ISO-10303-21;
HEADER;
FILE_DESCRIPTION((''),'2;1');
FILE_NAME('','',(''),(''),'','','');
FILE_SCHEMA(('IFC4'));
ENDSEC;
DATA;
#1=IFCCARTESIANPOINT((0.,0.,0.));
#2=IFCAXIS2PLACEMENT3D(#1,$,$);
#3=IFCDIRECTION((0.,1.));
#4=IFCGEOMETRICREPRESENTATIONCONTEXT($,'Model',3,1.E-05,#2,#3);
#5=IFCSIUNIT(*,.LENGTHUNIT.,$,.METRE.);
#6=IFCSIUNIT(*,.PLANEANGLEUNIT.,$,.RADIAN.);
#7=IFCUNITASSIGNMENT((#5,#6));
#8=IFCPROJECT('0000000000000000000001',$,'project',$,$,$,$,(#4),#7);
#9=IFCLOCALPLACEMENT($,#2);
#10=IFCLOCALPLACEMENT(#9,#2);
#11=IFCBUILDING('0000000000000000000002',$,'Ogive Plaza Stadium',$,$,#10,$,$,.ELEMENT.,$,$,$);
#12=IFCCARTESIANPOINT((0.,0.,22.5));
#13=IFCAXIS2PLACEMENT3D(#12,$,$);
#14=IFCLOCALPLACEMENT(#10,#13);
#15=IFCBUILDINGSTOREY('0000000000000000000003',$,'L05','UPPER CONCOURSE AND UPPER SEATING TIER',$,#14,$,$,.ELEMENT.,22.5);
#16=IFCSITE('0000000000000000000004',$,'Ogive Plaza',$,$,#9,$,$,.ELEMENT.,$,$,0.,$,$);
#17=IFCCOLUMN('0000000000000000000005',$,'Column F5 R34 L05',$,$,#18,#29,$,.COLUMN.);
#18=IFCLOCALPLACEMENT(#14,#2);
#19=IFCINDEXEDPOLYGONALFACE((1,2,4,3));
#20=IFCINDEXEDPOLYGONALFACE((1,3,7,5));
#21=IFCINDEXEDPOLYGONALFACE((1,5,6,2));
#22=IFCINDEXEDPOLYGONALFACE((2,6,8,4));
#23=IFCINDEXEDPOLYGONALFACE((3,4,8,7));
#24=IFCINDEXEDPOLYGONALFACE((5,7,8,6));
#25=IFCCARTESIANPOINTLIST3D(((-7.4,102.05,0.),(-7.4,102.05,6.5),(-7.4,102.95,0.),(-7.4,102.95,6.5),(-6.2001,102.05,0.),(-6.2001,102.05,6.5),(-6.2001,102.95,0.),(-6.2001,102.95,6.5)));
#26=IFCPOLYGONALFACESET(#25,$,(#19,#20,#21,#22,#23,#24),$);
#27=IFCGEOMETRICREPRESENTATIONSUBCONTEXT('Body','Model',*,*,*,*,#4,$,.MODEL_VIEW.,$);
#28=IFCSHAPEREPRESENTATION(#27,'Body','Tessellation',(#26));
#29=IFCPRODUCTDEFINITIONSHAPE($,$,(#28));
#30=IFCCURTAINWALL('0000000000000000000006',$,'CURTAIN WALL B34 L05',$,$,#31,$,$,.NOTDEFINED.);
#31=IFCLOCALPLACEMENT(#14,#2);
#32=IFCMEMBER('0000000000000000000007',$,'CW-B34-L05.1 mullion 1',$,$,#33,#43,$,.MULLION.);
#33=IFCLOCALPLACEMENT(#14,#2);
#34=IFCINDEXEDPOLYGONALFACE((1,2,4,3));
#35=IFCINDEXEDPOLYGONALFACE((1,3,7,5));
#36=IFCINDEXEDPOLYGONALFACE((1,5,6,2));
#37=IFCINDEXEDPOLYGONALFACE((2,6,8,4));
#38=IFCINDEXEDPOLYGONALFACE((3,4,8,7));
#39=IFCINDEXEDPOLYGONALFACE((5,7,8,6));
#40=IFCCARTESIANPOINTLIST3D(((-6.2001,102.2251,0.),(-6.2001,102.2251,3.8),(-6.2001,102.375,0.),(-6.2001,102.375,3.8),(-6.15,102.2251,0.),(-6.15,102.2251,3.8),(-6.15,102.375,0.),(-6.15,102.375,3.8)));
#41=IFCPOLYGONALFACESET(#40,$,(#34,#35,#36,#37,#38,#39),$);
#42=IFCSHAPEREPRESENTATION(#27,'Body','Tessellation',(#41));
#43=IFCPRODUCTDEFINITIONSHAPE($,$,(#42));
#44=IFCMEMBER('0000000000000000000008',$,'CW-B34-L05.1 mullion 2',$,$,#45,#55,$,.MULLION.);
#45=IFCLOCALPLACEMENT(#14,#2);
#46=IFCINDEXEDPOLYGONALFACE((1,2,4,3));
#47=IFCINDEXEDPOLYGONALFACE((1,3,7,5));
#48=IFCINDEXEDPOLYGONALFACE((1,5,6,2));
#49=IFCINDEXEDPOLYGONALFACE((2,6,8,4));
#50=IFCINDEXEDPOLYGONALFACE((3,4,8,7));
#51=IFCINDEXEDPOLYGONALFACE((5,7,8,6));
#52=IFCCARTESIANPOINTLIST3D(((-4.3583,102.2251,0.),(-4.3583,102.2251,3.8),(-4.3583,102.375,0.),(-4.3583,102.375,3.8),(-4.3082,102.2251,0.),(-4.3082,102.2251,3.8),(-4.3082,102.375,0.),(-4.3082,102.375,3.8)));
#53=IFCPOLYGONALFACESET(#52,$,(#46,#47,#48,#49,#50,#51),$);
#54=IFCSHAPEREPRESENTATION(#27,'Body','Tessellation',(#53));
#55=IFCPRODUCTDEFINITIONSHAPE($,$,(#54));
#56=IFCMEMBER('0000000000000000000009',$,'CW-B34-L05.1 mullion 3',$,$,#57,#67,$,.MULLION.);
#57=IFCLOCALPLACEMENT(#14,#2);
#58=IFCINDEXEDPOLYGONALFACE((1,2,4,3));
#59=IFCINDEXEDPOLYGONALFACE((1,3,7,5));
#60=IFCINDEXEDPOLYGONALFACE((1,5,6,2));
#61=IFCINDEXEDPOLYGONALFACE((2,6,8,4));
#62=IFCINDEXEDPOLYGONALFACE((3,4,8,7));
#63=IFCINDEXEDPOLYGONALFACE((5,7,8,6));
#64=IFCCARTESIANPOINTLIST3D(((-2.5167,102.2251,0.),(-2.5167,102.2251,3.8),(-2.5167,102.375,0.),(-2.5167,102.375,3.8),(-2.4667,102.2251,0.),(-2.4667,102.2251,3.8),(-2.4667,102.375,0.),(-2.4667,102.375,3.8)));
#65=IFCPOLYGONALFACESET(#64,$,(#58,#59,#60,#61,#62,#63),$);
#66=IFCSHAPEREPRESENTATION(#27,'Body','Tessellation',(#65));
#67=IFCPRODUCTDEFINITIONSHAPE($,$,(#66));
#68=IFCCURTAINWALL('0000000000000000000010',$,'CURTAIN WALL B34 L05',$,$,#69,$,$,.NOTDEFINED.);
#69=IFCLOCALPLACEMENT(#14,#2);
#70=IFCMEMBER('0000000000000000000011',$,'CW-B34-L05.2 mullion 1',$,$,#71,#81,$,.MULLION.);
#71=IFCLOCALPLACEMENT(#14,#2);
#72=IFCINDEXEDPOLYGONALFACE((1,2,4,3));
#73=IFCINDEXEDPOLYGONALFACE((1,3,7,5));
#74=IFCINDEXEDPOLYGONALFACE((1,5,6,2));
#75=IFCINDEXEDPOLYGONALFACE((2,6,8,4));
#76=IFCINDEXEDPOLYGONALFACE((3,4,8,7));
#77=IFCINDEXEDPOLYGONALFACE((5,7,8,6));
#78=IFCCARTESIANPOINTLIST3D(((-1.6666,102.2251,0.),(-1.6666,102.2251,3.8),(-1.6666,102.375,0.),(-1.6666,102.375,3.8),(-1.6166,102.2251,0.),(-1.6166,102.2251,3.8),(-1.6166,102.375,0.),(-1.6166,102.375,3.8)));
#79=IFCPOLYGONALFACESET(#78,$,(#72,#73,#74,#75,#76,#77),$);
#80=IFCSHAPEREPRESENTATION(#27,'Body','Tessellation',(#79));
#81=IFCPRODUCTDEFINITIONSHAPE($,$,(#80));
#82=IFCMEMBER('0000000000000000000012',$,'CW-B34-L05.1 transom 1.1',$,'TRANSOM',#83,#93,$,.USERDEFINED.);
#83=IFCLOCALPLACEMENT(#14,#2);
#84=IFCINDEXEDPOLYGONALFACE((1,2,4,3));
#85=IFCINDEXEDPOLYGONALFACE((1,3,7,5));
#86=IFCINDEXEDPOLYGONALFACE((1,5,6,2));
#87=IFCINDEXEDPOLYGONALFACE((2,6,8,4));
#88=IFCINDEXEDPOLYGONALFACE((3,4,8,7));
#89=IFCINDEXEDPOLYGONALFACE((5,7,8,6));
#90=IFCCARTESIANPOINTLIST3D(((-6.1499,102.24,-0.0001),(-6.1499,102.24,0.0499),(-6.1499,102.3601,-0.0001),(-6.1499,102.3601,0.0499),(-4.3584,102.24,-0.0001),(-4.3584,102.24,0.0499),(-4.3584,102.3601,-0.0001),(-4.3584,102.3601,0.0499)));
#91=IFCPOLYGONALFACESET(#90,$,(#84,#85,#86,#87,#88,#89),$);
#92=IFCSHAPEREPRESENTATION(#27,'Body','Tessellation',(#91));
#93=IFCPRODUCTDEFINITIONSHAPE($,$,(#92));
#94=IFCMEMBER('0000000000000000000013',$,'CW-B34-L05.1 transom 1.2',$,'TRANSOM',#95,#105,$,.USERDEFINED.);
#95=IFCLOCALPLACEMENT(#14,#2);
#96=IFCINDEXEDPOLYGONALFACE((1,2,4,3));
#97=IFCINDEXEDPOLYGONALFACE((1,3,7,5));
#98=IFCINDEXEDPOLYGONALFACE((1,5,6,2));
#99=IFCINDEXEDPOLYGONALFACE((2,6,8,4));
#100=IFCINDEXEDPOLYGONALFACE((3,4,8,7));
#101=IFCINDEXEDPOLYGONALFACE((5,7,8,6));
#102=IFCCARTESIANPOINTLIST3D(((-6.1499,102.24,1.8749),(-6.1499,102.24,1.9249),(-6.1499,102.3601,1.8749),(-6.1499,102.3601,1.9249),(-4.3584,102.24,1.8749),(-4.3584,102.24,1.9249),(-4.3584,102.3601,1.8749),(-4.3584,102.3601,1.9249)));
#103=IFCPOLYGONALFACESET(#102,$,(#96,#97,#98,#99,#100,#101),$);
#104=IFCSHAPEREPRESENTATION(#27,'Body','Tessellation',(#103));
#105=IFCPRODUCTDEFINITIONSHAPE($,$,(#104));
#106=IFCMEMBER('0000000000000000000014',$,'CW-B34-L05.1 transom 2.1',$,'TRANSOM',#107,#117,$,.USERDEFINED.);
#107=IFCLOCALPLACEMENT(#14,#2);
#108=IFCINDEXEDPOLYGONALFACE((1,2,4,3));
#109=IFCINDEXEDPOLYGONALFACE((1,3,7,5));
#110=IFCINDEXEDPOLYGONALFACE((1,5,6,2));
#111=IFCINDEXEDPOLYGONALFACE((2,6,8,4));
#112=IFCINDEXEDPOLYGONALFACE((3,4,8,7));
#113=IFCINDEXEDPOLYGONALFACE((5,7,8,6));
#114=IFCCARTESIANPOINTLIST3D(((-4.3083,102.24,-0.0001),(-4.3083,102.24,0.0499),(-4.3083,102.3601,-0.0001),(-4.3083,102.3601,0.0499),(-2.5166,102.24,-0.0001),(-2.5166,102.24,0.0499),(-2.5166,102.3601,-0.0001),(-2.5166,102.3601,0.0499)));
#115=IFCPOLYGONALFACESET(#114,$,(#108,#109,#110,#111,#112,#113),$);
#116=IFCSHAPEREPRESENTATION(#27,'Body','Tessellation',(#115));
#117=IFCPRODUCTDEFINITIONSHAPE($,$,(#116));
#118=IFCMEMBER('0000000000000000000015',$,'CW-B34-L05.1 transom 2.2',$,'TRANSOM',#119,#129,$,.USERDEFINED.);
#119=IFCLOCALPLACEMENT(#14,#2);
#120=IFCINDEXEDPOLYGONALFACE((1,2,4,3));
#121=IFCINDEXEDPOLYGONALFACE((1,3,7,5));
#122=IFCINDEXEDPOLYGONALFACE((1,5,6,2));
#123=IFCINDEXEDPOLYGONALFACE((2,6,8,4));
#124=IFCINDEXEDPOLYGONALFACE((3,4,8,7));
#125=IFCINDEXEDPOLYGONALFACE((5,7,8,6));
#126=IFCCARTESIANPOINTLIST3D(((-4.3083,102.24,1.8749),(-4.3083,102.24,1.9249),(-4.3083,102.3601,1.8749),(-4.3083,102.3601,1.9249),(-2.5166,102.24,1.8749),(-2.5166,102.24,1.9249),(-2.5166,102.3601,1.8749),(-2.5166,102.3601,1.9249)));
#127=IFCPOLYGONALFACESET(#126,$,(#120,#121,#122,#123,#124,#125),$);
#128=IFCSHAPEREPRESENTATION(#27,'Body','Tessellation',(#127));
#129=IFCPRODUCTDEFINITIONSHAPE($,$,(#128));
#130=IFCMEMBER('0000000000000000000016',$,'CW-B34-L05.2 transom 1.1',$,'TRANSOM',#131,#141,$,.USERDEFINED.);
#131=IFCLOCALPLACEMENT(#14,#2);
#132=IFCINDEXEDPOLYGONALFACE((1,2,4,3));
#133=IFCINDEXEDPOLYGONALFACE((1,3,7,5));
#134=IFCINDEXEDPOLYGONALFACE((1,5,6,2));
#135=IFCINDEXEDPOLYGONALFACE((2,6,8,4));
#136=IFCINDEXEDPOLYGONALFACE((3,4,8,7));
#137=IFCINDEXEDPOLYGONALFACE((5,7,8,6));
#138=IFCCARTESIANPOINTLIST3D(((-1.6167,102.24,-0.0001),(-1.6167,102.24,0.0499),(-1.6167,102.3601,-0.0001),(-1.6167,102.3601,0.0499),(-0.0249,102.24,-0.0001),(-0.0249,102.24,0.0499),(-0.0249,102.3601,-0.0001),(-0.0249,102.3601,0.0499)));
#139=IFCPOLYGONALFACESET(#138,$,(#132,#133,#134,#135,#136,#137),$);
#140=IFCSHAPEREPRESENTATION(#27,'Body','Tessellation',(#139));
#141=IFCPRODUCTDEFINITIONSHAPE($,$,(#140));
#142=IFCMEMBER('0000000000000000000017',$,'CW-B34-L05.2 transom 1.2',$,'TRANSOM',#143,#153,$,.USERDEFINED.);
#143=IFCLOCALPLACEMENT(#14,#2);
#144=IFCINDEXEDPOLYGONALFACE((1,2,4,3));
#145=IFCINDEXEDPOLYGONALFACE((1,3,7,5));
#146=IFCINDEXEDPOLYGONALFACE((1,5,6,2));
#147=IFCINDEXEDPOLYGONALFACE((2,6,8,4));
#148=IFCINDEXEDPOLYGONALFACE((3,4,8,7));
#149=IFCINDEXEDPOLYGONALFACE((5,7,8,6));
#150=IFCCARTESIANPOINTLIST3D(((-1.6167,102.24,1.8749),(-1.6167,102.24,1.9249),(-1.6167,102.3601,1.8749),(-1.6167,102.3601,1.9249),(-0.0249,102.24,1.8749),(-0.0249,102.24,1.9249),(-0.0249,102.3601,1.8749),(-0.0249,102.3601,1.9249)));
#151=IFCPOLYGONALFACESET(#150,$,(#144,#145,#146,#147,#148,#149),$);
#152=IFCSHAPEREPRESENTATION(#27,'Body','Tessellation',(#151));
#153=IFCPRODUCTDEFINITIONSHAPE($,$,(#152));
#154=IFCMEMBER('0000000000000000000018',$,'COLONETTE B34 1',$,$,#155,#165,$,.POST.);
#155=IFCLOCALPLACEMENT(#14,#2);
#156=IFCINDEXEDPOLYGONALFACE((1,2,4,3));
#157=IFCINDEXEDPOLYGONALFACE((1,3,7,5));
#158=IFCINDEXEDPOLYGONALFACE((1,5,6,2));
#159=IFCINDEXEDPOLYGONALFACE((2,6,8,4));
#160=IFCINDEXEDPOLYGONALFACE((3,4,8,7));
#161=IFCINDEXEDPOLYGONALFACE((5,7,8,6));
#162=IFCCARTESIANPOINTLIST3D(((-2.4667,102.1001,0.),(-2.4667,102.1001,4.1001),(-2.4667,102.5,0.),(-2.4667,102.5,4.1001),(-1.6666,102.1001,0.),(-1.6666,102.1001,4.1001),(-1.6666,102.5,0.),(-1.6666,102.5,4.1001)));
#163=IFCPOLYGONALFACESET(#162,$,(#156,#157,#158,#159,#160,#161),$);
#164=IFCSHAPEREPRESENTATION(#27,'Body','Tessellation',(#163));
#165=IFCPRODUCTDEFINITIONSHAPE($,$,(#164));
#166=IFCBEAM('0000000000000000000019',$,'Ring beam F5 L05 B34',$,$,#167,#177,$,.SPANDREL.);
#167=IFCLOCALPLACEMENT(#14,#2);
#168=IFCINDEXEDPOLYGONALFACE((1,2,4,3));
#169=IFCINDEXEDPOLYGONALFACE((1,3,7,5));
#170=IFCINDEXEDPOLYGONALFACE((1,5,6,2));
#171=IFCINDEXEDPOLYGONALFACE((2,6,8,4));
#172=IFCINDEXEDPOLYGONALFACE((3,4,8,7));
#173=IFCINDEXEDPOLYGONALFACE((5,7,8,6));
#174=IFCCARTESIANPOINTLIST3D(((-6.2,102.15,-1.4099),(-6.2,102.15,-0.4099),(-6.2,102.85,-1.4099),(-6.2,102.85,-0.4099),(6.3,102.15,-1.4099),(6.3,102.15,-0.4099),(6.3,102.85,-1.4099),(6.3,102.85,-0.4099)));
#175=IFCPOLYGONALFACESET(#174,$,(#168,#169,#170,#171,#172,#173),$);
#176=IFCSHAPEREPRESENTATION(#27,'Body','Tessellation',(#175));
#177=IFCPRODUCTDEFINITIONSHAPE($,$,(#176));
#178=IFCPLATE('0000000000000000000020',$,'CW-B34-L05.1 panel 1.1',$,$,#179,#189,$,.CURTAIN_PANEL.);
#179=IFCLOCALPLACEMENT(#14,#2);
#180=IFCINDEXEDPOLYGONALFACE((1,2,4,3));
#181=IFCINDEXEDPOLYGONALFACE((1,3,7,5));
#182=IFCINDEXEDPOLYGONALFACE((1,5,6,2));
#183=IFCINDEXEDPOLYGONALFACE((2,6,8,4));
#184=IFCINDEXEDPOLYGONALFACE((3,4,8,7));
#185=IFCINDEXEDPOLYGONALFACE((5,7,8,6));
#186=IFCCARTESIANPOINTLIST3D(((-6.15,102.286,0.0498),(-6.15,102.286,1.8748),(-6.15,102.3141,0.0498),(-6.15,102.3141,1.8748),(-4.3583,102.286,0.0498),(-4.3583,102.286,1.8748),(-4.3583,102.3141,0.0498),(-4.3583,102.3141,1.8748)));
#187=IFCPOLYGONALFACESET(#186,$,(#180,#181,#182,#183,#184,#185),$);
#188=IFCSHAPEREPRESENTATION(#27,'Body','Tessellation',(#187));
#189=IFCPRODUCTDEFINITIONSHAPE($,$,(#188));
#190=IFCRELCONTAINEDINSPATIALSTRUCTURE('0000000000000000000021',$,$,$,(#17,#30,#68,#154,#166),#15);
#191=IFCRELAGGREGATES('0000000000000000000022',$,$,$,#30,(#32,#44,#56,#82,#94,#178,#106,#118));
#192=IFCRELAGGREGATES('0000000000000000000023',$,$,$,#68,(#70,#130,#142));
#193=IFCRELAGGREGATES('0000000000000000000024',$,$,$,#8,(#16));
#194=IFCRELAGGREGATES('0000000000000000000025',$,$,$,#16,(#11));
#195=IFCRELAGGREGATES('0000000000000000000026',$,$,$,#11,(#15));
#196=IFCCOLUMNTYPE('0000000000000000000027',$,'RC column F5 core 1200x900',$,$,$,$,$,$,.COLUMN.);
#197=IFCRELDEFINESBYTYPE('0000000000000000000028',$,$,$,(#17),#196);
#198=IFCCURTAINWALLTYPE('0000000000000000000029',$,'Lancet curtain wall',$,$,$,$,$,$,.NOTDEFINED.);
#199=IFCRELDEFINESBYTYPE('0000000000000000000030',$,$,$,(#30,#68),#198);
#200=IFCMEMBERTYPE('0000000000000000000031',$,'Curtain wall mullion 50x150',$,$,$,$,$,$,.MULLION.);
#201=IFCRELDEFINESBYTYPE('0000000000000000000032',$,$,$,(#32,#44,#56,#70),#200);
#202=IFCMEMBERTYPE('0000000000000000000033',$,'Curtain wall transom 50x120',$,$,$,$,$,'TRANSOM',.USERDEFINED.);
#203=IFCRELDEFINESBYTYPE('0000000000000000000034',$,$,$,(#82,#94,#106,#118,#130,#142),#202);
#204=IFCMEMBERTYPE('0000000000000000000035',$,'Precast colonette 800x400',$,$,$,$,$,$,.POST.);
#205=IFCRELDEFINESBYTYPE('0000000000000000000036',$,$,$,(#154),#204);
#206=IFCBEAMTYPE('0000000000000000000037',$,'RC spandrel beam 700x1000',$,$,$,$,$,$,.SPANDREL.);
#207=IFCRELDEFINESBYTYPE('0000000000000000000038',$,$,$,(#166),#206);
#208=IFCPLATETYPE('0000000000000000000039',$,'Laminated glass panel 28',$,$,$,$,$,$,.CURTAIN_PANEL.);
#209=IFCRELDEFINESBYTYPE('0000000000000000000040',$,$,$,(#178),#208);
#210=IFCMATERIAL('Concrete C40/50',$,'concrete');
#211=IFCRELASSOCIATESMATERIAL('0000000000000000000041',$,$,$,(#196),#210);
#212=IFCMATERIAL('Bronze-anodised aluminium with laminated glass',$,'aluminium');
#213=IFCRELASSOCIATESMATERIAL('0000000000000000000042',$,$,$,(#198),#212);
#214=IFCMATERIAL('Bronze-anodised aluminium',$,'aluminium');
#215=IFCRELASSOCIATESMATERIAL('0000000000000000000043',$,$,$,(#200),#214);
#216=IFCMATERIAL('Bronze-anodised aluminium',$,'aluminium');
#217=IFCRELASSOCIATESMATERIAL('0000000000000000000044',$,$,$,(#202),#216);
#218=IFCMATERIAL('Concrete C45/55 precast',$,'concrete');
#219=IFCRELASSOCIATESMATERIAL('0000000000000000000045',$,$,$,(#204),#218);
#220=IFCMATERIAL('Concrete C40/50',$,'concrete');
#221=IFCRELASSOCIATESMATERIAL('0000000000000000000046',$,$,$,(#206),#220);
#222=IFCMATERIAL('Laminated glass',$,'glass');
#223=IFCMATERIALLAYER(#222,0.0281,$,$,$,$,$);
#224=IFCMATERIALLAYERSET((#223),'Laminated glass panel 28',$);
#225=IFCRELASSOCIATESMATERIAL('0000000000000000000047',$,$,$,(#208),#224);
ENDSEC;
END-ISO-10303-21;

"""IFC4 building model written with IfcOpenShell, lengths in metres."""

from ifc_helpers import new_model, si_unit, direction, frame, origin, origin_2d, place, context, subcontext, project, spatial, rectangle, extrude, material, layer, layer_set, material_profile, profile_set, type_object, element, aggregate, save


model = new_model("IFC4")

# Units and contexts
model_context = context("Model", 3, precision=1e-05, world=origin(), true_north=direction((0.0, 1.0)))
body_context = subcontext(model_context, "Body", "Model", "MODEL_VIEW")
ifc_project = project(units=[si_unit("LENGTHUNIT", "METRE"), si_unit("PLANEANGLEUNIT", "RADIAN")], contexts=[model_context])

# Site, building, storey
site_placement = place(None, origin())
site = spatial("IfcSite", under=ifc_project, at=site_placement, Name="Ogive Plaza", CompositionType="ELEMENT", RefElevation=0.0)
building_placement = place(site_placement, origin())
building = spatial("IfcBuilding", under=site, at=building_placement, Name="Ogive Plaza Stadium", CompositionType="ELEMENT")
storey_placement = place(building_placement, frame((0.0, 0.0, 22.5)))
storey = spatial("IfcBuildingStorey", under=building, at=storey_placement, Name="L05", Description="UPPER CONCOURSE AND UPPER SEATING TIER", CompositionType="ELEMENT", Elevation=22.5)

# Column
ifc_material_1 = material(Name="Concrete C40/50", Category="concrete")
ifc_material_profile_1 = material_profile(ifc_material_1, rectangle(XDim=1.2, YDim=0.8999, at=origin_2d()), Name="RC 1200x900")
ifc_profile_set_1 = profile_set([ifc_material_profile_1], Name="Concrete C40/50")
column_type = type_object("IfcColumnType", Name="RC column F5 core 1200x900", PredefinedType="COLUMN", material=ifc_profile_set_1)
column_placement = place(storey_placement, frame((-6.8, 102.5, 0.0), z_axis=(0.0, 0.0, 1.0), x_axis=(-1.0, 0.0, 0.0)))
element("IfcColumn", 1, at=column_placement, inside=storey, type_object=column_type, Name="Column F5 R34 L05", PredefinedType="COLUMN", context=body_context, shape_type="SweptSolid", body=[
    extrude(rectangle(XDim=1.2, YDim=0.8999, at=origin_2d()), origin(), (0.0, 0.0, 1.0), 6.5),
])

# Curtain wall, members
ifc_material_2 = material(Name="Bronze-anodised aluminium with laminated glass", Category="aluminium")
curtain_wall_type = type_object("IfcCurtainWallType", Name="Lancet curtain wall", PredefinedType="NOTDEFINED", material=ifc_material_2)
curtain_wall_1_placement = place(storey_placement, origin())
curtain_wall_1 = element("IfcCurtainWall", 2, at=curtain_wall_1_placement, inside=storey, type_object=curtain_wall_type, Name="CURTAIN WALL B34 L05", PredefinedType="NOTDEFINED")
ifc_material_3 = material(Name="Bronze-anodised aluminium", Category="aluminium")
ifc_material_profile_2 = material_profile(ifc_material_3, rectangle(XDim=0.1499, YDim=0.05, at=origin_2d()), Name="AL 150x50")
ifc_profile_set_2 = profile_set([ifc_material_profile_2], Name="Bronze-anodised aluminium")
member_type_1 = type_object("IfcMemberType", Name="Curtain wall mullion 50x150", PredefinedType="MULLION", material=ifc_profile_set_2)
member_1_placement = place(storey_placement, frame((-6.175, 102.3, 0.0), z_axis=(0.0, 0.0, 1.0), x_axis=(0.0, 1.0, 0.0)))
member_1 = element("IfcMember", 3, at=member_1_placement, type_object=member_type_1, Name="CW-B34-L05.1 mullion 1", PredefinedType="MULLION", context=body_context, shape_type="SweptSolid", body=[
    extrude(rectangle(XDim=0.1499, YDim=0.05, at=origin_2d()), origin(), (0.0, 0.0, 1.0), 3.8),
])
member_2_placement = place(storey_placement, frame((-4.3333, 102.3, 0.0), z_axis=(0.0, 0.0, 1.0), x_axis=(0.0, 1.0, 0.0)))
member_2 = element("IfcMember", 4, at=member_2_placement, type_object=member_type_1, Name="CW-B34-L05.1 mullion 2", PredefinedType="MULLION", context=body_context, shape_type="SweptSolid", body=[
    extrude(rectangle(XDim=0.1499, YDim=0.05, at=origin_2d()), origin(), (0.0, 0.0, 1.0), 3.8),
])
member_3_placement = place(storey_placement, frame((-2.4917, 102.3, 0.0), z_axis=(0.0, 0.0, 1.0), x_axis=(0.0, 1.0, 0.0)))
member_3 = element("IfcMember", 5, at=member_3_placement, type_object=member_type_1, Name="CW-B34-L05.1 mullion 3", PredefinedType="MULLION", context=body_context, shape_type="SweptSolid", body=[
    extrude(rectangle(XDim=0.1499, YDim=0.05, at=origin_2d()), origin(), (0.0, 0.0, 1.0), 3.8),
])

# Curtain wall, member
curtain_wall_2_placement = place(storey_placement, origin())
curtain_wall_2 = element("IfcCurtainWall", 6, at=curtain_wall_2_placement, inside=storey, type_object=curtain_wall_type, Name="CURTAIN WALL B34 L05", PredefinedType="NOTDEFINED")
member_4_placement = place(storey_placement, frame((-1.6416, 102.3, 0.0), z_axis=(0.0, 0.0, 1.0), x_axis=(0.0, 1.0, 0.0)))
member_4 = element("IfcMember", 7, at=member_4_placement, type_object=member_type_1, Name="CW-B34-L05.2 mullion 1", PredefinedType="MULLION", context=body_context, shape_type="SweptSolid", body=[
    extrude(rectangle(XDim=0.1499, YDim=0.05, at=origin_2d()), origin(), (0.0, 0.0, 1.0), 3.8),
])

# Members
ifc_material_4 = material(Name="Bronze-anodised aluminium", Category="aluminium")
ifc_material_profile_3 = material_profile(ifc_material_4, rectangle(XDim=0.1201, YDim=0.05, at=origin_2d()), Name="AL 120x50")
ifc_profile_set_3 = profile_set([ifc_material_profile_3], Name="Bronze-anodised aluminium")
member_type_2 = type_object("IfcMemberType", Name="Curtain wall transom 50x120", ElementType="TRANSOM", PredefinedType="USERDEFINED", material=ifc_profile_set_3)
member_5_placement = place(storey_placement, frame((-6.1499, 102.3, 0.0249), z_axis=(1.0, 0.0, 0.0), x_axis=(0.0, 1.0, 0.0)))
member_5 = element("IfcMember", 8, at=member_5_placement, type_object=member_type_2, Name="CW-B34-L05.1 transom 1.1", ObjectType="TRANSOM", PredefinedType="USERDEFINED", context=body_context, shape_type="SweptSolid", body=[
    extrude(rectangle(XDim=0.1201, YDim=0.05, at=origin_2d()), origin(), (0.0, 0.0, 1.0), 1.7915),
])
member_6_placement = place(storey_placement, frame((-6.1499, 102.3, 1.8999), z_axis=(1.0, 0.0, 0.0), x_axis=(0.0, 1.0, 0.0)))
member_6 = element("IfcMember", 9, at=member_6_placement, type_object=member_type_2, Name="CW-B34-L05.1 transom 1.2", ObjectType="TRANSOM", PredefinedType="USERDEFINED", context=body_context, shape_type="SweptSolid", body=[
    extrude(rectangle(XDim=0.1201, YDim=0.05, at=origin_2d()), origin(), (0.0, 0.0, 1.0), 1.7915),
])
member_7_placement = place(storey_placement, frame((-4.3083, 102.3, 0.0249), z_axis=(1.0, 0.0, 0.0), x_axis=(0.0, 1.0, 0.0)))
member_7 = element("IfcMember", 10, at=member_7_placement, type_object=member_type_2, Name="CW-B34-L05.1 transom 2.1", ObjectType="TRANSOM", PredefinedType="USERDEFINED", context=body_context, shape_type="SweptSolid", body=[
    extrude(rectangle(XDim=0.1201, YDim=0.05, at=origin_2d()), origin(), (0.0, 0.0, 1.0), 1.7917),
])
member_8_placement = place(storey_placement, frame((-4.3083, 102.3, 1.8999), z_axis=(1.0, 0.0, 0.0), x_axis=(0.0, 1.0, 0.0)))
member_8 = element("IfcMember", 11, at=member_8_placement, type_object=member_type_2, Name="CW-B34-L05.1 transom 2.2", ObjectType="TRANSOM", PredefinedType="USERDEFINED", context=body_context, shape_type="SweptSolid", body=[
    extrude(rectangle(XDim=0.1201, YDim=0.05, at=origin_2d()), origin(), (0.0, 0.0, 1.0), 1.7917),
])
member_9_placement = place(storey_placement, frame((-1.6167, 102.3, 0.0249), z_axis=(1.0, 0.0, 0.0), x_axis=(0.0, 1.0, 0.0)))
member_9 = element("IfcMember", 12, at=member_9_placement, type_object=member_type_2, Name="CW-B34-L05.2 transom 1.1", ObjectType="TRANSOM", PredefinedType="USERDEFINED", context=body_context, shape_type="SweptSolid", body=[
    extrude(rectangle(XDim=0.1201, YDim=0.05, at=origin_2d()), origin(), (0.0, 0.0, 1.0), 1.5918),
])
member_10_placement = place(storey_placement, frame((-1.6167, 102.3, 1.8999), z_axis=(1.0, 0.0, 0.0), x_axis=(0.0, 1.0, 0.0)))
member_10 = element("IfcMember", 13, at=member_10_placement, type_object=member_type_2, Name="CW-B34-L05.2 transom 1.2", ObjectType="TRANSOM", PredefinedType="USERDEFINED", context=body_context, shape_type="SweptSolid", body=[
    extrude(rectangle(XDim=0.1201, YDim=0.05, at=origin_2d()), origin(), (0.0, 0.0, 1.0), 1.5918),
])
ifc_material_5 = material(Name="Concrete C45/55 precast", Category="concrete")
ifc_material_profile_4 = material_profile(ifc_material_5, rectangle(XDim=0.3999, YDim=0.8, at=origin_2d()), Name="RC 400x800")
ifc_profile_set_4 = profile_set([ifc_material_profile_4], Name="Concrete C45/55 precast")
member_type_3 = type_object("IfcMemberType", Name="Precast colonette 800x400", PredefinedType="POST", material=ifc_profile_set_4)
member_11_placement = place(storey_placement, frame((-2.0667, 102.3, 0.0), z_axis=(0.0, 0.0, 1.0), x_axis=(0.0, 1.0, 0.0)))
element("IfcMember", 14, at=member_11_placement, inside=storey, type_object=member_type_3, Name="COLONETTE B34 1", PredefinedType="POST", context=body_context, shape_type="SweptSolid", body=[
    extrude(rectangle(XDim=0.3999, YDim=0.8, at=origin_2d()), origin(), (0.0, 0.0, 1.0), 4.1001),
])

# Beam
ifc_material_6 = material(Name="Concrete C40/50", Category="concrete")
ifc_material_profile_5 = material_profile(ifc_material_6, rectangle(XDim=0.7, YDim=1.0, at=origin_2d()), Name="RC 700x1000")
ifc_profile_set_5 = profile_set([ifc_material_profile_5], Name="Concrete C40/50")
beam_type = type_object("IfcBeamType", Name="RC spandrel beam 700x1000", PredefinedType="SPANDREL", material=ifc_profile_set_5)
beam_placement = place(storey_placement, frame((-6.2, 102.5, -0.9099), z_axis=(1.0, 0.0, 0.0), x_axis=(0.0, 1.0, 0.0)))
element("IfcBeam", 15, at=beam_placement, inside=storey, type_object=beam_type, Name="Ring beam F5 L05 B34", PredefinedType="SPANDREL", context=body_context, shape_type="SweptSolid", body=[
    extrude(rectangle(XDim=0.7, YDim=1.0, at=origin_2d()), origin(), (0.0, 0.0, 1.0), 12.5),
])

# Plate
ifc_material_7 = material(Name="Laminated glass", Category="glass")
ifc_layer = layer(ifc_material_7, 0.0281)
ifc_layer_set = layer_set([ifc_layer], Name="Laminated glass panel 28")
plate_type = type_object("IfcPlateType", Name="Laminated glass panel 28", PredefinedType="CURTAIN_PANEL", material=ifc_layer_set)
plate_1_placement = place(storey_placement, frame((-5.2542, 102.3, 0.0498), z_axis=(0.0, 0.0, 1.0), x_axis=(1.0, 0.0, 0.0)))
plate_1 = element("IfcPlate", 16, at=plate_1_placement, type_object=plate_type, Name="CW-B34-L05.1 panel 1.1", PredefinedType="CURTAIN_PANEL", context=body_context, shape_type="SweptSolid", body=[
    extrude(rectangle(XDim=1.7917, YDim=0.0281, at=origin_2d()), origin(), (0.0, 0.0, 1.0), 1.825),
])
aggregate(curtain_wall_1, [member_1, member_2, member_3, member_5, member_6, plate_1, member_7, member_8])
aggregate(curtain_wall_2, [member_4, member_9, member_10])

save(model, "model.ifc")
